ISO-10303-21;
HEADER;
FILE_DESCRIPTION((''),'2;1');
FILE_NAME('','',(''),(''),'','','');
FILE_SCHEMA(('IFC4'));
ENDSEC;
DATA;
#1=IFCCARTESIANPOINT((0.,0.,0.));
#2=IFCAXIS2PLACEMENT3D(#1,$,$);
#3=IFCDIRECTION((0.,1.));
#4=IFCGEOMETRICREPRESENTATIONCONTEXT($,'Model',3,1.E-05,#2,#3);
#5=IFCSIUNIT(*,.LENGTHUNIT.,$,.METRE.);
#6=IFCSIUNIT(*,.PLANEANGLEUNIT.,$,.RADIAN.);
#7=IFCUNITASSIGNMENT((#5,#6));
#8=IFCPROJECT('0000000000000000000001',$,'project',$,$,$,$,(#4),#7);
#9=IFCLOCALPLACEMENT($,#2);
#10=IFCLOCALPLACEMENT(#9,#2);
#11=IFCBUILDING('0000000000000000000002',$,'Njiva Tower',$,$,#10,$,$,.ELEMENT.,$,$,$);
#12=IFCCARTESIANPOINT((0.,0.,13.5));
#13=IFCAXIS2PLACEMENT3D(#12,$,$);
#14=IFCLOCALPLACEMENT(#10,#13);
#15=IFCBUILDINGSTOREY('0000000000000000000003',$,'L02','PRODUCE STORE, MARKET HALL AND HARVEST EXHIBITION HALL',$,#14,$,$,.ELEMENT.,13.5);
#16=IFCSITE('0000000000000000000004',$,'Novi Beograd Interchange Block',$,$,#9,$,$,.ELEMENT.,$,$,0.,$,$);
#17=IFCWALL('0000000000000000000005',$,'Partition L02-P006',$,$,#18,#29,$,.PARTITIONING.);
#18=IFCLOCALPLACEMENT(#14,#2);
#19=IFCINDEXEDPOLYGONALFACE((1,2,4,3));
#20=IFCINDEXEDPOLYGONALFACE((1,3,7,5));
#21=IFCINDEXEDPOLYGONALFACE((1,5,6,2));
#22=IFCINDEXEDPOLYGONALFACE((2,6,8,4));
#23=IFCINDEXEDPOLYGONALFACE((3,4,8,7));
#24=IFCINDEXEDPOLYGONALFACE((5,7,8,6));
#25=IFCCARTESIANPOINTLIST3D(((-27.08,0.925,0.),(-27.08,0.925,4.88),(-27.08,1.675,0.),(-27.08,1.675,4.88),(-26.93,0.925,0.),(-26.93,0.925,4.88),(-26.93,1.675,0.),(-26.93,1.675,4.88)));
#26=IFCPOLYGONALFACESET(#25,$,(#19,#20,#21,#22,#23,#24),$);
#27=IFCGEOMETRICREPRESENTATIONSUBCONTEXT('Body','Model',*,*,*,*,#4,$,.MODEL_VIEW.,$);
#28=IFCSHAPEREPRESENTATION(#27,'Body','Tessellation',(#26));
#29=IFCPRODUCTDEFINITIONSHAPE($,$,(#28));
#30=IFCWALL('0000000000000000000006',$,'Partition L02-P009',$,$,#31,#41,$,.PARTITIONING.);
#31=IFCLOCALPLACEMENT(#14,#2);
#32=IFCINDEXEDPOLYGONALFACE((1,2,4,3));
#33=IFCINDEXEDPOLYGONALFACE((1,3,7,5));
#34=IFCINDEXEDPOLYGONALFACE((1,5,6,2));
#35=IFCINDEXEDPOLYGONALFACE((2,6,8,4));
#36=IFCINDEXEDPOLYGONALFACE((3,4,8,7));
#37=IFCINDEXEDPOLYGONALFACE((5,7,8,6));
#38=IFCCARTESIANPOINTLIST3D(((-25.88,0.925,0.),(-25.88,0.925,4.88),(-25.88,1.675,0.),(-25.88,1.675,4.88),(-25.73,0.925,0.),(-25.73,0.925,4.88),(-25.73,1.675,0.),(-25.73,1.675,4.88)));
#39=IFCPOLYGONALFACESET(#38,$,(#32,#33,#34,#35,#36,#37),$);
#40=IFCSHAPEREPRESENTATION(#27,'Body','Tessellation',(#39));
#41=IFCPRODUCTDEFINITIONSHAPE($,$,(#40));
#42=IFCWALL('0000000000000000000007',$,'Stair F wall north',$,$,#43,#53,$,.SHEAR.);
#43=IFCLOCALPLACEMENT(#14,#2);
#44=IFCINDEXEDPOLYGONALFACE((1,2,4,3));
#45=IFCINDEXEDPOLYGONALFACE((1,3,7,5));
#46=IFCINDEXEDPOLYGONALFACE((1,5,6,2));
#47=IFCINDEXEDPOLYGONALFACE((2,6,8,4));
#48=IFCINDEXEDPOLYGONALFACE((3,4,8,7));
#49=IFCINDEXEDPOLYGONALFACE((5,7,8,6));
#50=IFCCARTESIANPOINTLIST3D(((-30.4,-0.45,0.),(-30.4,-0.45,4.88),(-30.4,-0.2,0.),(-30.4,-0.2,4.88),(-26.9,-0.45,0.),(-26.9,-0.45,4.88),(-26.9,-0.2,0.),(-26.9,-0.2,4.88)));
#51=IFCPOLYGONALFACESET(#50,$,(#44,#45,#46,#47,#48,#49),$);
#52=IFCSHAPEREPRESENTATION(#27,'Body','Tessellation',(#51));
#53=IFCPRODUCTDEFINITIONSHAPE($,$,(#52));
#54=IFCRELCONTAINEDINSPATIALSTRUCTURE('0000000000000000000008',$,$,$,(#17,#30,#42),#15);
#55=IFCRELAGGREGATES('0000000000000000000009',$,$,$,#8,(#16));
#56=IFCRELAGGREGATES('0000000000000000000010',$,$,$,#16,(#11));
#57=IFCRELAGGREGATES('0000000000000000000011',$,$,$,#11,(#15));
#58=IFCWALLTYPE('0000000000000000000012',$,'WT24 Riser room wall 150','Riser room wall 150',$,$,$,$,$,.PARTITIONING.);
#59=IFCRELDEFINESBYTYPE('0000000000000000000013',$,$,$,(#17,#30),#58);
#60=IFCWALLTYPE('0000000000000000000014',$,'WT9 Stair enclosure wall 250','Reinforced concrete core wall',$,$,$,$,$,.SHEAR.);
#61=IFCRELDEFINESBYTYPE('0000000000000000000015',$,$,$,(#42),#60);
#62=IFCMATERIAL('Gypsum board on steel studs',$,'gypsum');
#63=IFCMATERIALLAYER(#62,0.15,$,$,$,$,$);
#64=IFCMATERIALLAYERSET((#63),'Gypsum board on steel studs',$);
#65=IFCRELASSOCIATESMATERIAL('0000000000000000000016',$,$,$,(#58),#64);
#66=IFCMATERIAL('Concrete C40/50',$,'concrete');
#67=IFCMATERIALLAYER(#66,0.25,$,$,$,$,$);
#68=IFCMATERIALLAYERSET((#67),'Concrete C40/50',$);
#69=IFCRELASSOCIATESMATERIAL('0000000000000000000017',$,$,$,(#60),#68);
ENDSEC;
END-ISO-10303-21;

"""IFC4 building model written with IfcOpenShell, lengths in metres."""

from ifc_helpers import new_model, si_unit, direction, frame, frame_2d, origin, place, context, subcontext, project, spatial, rectangle, extrude, material, layer, layer_set, type_object, element, save


model = new_model("IFC4")

# Units and contexts
model_context = context("Model", 3, precision=1e-05, world=origin(), true_north=direction((0.0, 1.0)))
body_context = subcontext(model_context, "Body", "Model", "MODEL_VIEW")
ifc_project = project(units=[si_unit("LENGTHUNIT", "METRE"), si_unit("PLANEANGLEUNIT", "RADIAN")], contexts=[model_context])

# Site, building, storey
site_placement = place(None, origin())
site = spatial("IfcSite", under=ifc_project, at=site_placement, Name="Novi Beograd Interchange Block", CompositionType="ELEMENT", RefElevation=0.0)
building_placement = place(site_placement, origin())
building = spatial("IfcBuilding", under=site, at=building_placement, Name="Njiva Tower", CompositionType="ELEMENT")
storey_placement = place(building_placement, frame((0.0, 0.0, 13.5)))
storey = spatial("IfcBuildingStorey", under=building, at=storey_placement, Name="L02", Description="PRODUCE STORE, MARKET HALL AND HARVEST EXHIBITION HALL", CompositionType="ELEMENT", Elevation=13.5)

# Shared definitions
ifc_material_1 = material(Name="Gypsum board on steel studs", Category="gypsum")

# Walls
ifc_layer_1 = layer(ifc_material_1, 0.15)
ifc_layer_set_1 = layer_set([ifc_layer_1], Name="Gypsum board on steel studs")
wall_type_1 = type_object("IfcWallType", Name="WT24 Riser room wall 150", Description="Riser room wall 150", PredefinedType="PARTITIONING", material=ifc_layer_set_1)
for number, where, z_axis, x_axis, name in (
    (1, (-27.005, 0.925, 0.0), (0.0, 0.0, 1.0), (0.0, 1.0, 0.0), "Partition L02-P006"),
    (2, (-25.805, 0.925, 0.0), (0.0, 0.0, 1.0), (0.0, 1.0, 0.0), "Partition L02-P009"),
):
    element("IfcWall", number, at=place(storey_placement, frame(where, z_axis=z_axis, x_axis=x_axis)), inside=storey, type_object=wall_type_1, Name=name, PredefinedType="PARTITIONING", context=body_context, shape_type="SweptSolid", body=[
        extrude(rectangle(XDim=0.75, YDim=0.15, at=frame_2d((0.375, 0.0))), origin(), (0.0, 0.0, 1.0), 4.88),
    ])
ifc_material_2 = material(Name="Concrete C40/50", Category="concrete")
ifc_layer_2 = layer(ifc_material_2, 0.25)
ifc_layer_set_2 = layer_set([ifc_layer_2], Name="Concrete C40/50")
wall_type_2 = type_object("IfcWallType", Name="WT9 Stair enclosure wall 250", Description="Reinforced concrete core wall", PredefinedType="SHEAR", material=ifc_layer_set_2)
wall_1_placement = place(storey_placement, frame((-30.4, -0.325, 0.0), z_axis=(0.0, 0.0, 1.0), x_axis=(1.0, 0.0, 0.0)))
element("IfcWall", 3, at=wall_1_placement, inside=storey, type_object=wall_type_2, Name="Stair F wall north", PredefinedType="SHEAR", context=body_context, shape_type="SweptSolid", body=[
    extrude(rectangle(XDim=3.5, YDim=0.25, at=frame_2d((1.75, 0.0))), origin(), (0.0, 0.0, 1.0), 4.88),
])

save(model, "model.ifc")
